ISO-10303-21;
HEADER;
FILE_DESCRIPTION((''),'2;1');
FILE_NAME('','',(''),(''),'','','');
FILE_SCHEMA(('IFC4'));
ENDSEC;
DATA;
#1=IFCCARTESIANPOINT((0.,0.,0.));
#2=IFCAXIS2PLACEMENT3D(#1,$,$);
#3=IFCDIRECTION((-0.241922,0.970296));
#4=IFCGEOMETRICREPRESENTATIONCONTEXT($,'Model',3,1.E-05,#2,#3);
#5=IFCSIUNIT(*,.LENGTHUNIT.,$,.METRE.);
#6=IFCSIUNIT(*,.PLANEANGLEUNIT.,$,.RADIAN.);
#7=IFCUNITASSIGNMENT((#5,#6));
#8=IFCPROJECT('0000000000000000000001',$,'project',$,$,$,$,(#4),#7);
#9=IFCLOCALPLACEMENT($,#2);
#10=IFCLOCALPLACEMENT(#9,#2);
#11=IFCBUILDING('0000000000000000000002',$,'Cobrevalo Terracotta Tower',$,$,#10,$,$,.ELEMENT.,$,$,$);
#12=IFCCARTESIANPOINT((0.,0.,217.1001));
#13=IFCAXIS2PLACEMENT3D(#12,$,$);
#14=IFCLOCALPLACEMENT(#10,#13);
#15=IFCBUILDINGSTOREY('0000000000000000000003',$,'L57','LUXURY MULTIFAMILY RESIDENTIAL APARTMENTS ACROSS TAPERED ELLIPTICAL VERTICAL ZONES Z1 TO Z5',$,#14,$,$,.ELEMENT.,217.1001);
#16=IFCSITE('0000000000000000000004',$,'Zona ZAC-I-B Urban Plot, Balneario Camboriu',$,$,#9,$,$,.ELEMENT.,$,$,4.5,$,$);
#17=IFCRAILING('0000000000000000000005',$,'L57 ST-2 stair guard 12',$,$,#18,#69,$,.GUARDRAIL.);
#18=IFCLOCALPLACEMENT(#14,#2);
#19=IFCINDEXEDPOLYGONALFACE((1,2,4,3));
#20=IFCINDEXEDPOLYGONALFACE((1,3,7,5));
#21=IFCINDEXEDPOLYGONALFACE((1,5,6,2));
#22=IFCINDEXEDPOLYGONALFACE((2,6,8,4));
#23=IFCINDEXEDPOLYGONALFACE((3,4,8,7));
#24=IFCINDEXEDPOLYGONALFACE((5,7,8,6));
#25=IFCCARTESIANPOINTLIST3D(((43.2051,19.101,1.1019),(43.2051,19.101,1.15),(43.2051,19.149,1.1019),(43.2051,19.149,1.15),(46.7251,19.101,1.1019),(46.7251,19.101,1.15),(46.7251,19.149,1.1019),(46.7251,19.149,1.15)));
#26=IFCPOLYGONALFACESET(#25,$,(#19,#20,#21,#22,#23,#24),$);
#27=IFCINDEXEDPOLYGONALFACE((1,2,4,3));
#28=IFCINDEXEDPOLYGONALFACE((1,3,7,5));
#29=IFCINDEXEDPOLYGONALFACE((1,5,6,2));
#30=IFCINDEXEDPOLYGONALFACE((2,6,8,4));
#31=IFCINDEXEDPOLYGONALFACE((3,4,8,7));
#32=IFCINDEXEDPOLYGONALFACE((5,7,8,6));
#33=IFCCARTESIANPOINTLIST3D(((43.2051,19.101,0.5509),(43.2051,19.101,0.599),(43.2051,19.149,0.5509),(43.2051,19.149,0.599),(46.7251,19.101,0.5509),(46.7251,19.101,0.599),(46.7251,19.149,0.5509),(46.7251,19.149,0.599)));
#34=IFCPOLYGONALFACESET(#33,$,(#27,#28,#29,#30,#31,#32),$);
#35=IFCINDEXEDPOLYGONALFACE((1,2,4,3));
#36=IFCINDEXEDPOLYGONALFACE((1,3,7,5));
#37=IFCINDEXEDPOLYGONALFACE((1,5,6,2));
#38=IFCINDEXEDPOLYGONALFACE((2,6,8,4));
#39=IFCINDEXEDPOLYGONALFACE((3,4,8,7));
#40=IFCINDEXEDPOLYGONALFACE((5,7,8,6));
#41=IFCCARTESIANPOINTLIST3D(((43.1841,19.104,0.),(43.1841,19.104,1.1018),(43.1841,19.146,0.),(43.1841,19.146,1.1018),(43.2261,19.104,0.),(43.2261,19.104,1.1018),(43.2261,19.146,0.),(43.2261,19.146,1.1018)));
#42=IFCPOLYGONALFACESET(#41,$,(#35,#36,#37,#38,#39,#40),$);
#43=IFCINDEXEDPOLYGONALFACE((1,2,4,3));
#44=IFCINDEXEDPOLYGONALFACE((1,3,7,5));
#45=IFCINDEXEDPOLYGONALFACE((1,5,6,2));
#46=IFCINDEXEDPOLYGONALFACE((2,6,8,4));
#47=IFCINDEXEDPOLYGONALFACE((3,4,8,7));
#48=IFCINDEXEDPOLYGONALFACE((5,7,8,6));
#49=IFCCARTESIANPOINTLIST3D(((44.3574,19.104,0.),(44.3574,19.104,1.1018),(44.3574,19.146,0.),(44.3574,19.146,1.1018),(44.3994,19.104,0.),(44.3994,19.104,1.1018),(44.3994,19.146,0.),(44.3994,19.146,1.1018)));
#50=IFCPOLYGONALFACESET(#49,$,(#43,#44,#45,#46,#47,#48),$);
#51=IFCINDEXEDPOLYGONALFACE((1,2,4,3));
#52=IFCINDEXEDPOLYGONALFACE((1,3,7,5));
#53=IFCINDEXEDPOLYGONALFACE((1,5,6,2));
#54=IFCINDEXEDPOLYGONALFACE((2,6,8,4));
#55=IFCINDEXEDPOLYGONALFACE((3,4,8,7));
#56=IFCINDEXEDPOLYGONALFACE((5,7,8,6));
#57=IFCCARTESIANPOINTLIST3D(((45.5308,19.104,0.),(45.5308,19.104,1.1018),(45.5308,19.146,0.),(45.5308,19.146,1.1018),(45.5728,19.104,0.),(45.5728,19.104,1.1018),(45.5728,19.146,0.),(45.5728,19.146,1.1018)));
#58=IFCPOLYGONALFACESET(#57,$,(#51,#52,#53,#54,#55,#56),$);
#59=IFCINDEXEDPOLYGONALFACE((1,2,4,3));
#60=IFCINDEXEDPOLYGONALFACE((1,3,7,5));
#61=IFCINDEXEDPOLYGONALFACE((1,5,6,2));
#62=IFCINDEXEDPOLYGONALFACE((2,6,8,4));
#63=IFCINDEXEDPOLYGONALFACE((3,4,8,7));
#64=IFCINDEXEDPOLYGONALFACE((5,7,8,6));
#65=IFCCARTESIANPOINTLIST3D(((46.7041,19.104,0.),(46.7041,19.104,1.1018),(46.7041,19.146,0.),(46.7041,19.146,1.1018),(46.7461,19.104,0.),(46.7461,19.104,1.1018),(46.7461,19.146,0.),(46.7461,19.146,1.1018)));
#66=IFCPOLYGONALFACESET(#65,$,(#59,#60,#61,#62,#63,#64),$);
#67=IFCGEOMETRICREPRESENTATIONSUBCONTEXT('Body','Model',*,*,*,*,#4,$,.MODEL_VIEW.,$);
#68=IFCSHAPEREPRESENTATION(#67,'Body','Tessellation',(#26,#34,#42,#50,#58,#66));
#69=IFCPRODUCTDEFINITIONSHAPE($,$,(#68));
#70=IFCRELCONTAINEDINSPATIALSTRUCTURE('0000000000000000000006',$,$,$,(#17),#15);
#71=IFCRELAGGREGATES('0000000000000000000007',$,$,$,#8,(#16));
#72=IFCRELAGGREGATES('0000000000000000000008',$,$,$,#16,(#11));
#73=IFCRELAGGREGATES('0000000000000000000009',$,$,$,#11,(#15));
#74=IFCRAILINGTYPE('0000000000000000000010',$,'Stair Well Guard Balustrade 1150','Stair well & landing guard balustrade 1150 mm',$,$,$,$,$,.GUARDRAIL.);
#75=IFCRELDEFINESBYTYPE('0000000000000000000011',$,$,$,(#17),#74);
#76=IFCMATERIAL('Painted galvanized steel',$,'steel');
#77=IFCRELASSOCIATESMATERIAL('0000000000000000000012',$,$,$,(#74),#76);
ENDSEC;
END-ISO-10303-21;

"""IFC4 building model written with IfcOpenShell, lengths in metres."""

from ifc_helpers import new_model, si_unit, direction, frame, origin, origin_2d, place, context, subcontext, project, spatial, rectangle, extrude, material, type_object, element, save


model = new_model("IFC4")

# Units and contexts
model_context = context("Model", 3, precision=1e-05, world=origin(), true_north=direction((-0.241922, 0.970296)))
body_context = subcontext(model_context, "Body", "Model", "MODEL_VIEW")
ifc_project = project(units=[si_unit("LENGTHUNIT", "METRE"), si_unit("PLANEANGLEUNIT", "RADIAN")], contexts=[model_context])

# Site, building, storey
site_placement = place(None, origin())
site = spatial("IfcSite", under=ifc_project, at=site_placement, Name="Zona ZAC-I-B Urban Plot, Balneario Camboriu", CompositionType="ELEMENT", RefElevation=4.5)
building_placement = place(site_placement, origin())
building = spatial("IfcBuilding", under=site, at=building_placement, Name="Cobrevalo Terracotta Tower", CompositionType="ELEMENT")
storey_placement = place(building_placement, frame((0.0, 0.0, 217.1001)))
storey = spatial("IfcBuildingStorey", under=building, at=storey_placement, Name="L57", Description="LUXURY MULTIFAMILY RESIDENTIAL APARTMENTS ACROSS TAPERED ELLIPTICAL VERTICAL ZONES Z1 TO Z5", CompositionType="ELEMENT", Elevation=217.1001)

# Railing
ifc_material_1 = material(Name="Painted galvanized steel", Category="steel")
railing_type_1 = type_object("IfcRailingType", Name="Stair Well Guard Balustrade 1150", Description="Stair well & landing guard balustrade 1150 mm", PredefinedType="GUARDRAIL", material=ifc_material_1)
railing_1_placement = place(storey_placement, frame((43.2051, 19.125, 0.0)))
element("IfcRailing", 1, at=railing_1_placement, inside=storey, type_object=railing_type_1, Name="L57 ST-2 stair guard 12", PredefinedType="GUARDRAIL", context=body_context, shape_type="SweptSolid", body=[
    extrude(rectangle(XDim=0.0481, YDim=0.0481, at=origin_2d()), frame((0.0, 0.0, 1.126), z_axis=(1.0, 0.0, 0.0), x_axis=(0.0, 1.0, 0.0)), (0.0, 0.0, 1.0), 3.52),
    extrude(rectangle(XDim=0.0481, YDim=0.0481, at=origin_2d()), frame((0.0, 0.0, 0.575), z_axis=(1.0, 0.0, 0.0), x_axis=(0.0, 1.0, 0.0)), (0.0, 0.0, 1.0), 3.52),
    extrude(rectangle(XDim=0.042, YDim=0.042, at=origin_2d()), origin(), (0.0, 0.0, 1.0), 1.1018),
    extrude(rectangle(XDim=0.042, YDim=0.042, at=origin_2d()), frame((1.1733, 0.0, 0.0)), (0.0, 0.0, 1.0), 1.1018),
    extrude(rectangle(XDim=0.042, YDim=0.042, at=origin_2d()), frame((2.3467, 0.0, 0.0)), (0.0, 0.0, 1.0), 1.1018),
    extrude(rectangle(XDim=0.042, YDim=0.042, at=origin_2d()), frame((3.52, 0.0, 0.0)), (0.0, 0.0, 1.0), 1.1018),
])

save(model, "model.ifc")
